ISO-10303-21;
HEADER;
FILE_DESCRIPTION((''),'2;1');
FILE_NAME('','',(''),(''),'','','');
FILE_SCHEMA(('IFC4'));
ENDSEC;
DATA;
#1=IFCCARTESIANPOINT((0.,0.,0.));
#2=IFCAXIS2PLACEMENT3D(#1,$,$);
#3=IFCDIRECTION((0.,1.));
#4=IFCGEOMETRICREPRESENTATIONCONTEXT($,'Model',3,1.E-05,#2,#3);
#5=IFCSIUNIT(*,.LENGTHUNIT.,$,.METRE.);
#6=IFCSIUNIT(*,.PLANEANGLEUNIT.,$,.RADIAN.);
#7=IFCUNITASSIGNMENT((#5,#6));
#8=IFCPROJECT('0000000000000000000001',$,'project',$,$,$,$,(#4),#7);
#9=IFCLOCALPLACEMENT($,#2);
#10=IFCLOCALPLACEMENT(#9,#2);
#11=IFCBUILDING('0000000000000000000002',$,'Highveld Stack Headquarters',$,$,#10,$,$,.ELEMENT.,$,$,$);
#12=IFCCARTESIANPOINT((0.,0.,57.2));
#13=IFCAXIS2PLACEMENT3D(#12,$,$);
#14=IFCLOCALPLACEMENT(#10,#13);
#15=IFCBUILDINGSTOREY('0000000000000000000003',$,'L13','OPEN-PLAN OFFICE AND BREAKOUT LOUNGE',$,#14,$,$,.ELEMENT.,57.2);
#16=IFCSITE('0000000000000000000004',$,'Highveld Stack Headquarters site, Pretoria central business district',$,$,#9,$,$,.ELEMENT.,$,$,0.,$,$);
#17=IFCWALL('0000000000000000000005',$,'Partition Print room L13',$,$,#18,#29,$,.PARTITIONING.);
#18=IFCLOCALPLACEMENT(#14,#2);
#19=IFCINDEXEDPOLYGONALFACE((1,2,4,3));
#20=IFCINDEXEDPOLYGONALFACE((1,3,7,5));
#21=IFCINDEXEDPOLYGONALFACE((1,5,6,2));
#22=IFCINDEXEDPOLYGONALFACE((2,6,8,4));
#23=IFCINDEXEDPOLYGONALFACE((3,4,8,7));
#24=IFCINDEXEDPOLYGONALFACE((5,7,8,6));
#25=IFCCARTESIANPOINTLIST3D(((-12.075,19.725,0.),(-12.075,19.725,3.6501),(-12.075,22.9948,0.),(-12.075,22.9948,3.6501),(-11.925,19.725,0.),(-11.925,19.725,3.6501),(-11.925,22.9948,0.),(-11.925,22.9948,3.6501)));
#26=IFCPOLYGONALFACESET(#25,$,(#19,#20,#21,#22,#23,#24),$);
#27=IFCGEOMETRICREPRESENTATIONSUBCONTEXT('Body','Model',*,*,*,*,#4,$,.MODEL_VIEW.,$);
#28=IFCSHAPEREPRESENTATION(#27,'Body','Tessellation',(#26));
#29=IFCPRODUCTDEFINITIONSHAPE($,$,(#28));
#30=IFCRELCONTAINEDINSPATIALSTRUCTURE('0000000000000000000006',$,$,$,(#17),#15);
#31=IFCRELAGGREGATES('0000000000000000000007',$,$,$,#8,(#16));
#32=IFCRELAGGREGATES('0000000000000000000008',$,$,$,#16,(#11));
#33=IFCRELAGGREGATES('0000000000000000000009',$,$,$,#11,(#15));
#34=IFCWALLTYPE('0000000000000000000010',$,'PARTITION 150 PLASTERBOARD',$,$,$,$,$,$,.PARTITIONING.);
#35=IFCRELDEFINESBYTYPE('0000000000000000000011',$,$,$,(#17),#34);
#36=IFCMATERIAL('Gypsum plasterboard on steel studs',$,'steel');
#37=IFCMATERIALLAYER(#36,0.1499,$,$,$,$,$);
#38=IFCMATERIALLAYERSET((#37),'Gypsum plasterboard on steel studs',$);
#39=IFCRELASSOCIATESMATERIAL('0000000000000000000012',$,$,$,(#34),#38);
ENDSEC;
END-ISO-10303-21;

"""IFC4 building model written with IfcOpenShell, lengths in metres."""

from ifc_helpers import new_model, si_unit, direction, frame, frame_2d, origin, place, context, subcontext, project, spatial, rectangle, extrude, material, layer, layer_set, type_object, element, save


model = new_model("IFC4")

# Units and contexts
model_context = context("Model", 3, precision=1e-05, world=origin(), true_north=direction((0.0, 1.0)))
body_context = subcontext(model_context, "Body", "Model", "MODEL_VIEW")
ifc_project = project(units=[si_unit("LENGTHUNIT", "METRE"), si_unit("PLANEANGLEUNIT", "RADIAN")], contexts=[model_context])

# Site, building, storey
site_placement = place(None, origin())
site = spatial("IfcSite", under=ifc_project, at=site_placement, Name="Highveld Stack Headquarters site, Pretoria central business district", CompositionType="ELEMENT", RefElevation=0.0)
building_placement = place(site_placement, origin())
building = spatial("IfcBuilding", under=site, at=building_placement, Name="Highveld Stack Headquarters", CompositionType="ELEMENT")
storey_placement = place(building_placement, frame((0.0, 0.0, 57.2)))
storey = spatial("IfcBuildingStorey", under=building, at=storey_placement, Name="L13", Description="OPEN-PLAN OFFICE AND BREAKOUT LOUNGE", CompositionType="ELEMENT", Elevation=57.2)

# Wall
ifc_material_1 = material(Name="Gypsum plasterboard on steel studs", Category="steel")
ifc_layer_1 = layer(ifc_material_1, 0.1499)
ifc_layer_set_1 = layer_set([ifc_layer_1], Name="Gypsum plasterboard on steel studs")
wall_type = type_object("IfcWallType", Name="PARTITION 150 PLASTERBOARD", PredefinedType="PARTITIONING", material=ifc_layer_set_1)
wall_placement = place(storey_placement, frame((-12.0, 19.7251, 0.0), z_axis=(0.0, 0.0, 1.0), x_axis=(0.0, 1.0, 0.0)))
element("IfcWall", 1, at=wall_placement, inside=storey, type_object=wall_type, Name="Partition Print room L13", PredefinedType="PARTITIONING", context=body_context, shape_type="SweptSolid", body=[
    extrude(rectangle(XDim=3.2698, YDim=0.1499, at=frame_2d((1.6348, 0.0))), origin(), (0.0, 0.0, 1.0), 3.6501),
])

save(model, "model.ifc")
